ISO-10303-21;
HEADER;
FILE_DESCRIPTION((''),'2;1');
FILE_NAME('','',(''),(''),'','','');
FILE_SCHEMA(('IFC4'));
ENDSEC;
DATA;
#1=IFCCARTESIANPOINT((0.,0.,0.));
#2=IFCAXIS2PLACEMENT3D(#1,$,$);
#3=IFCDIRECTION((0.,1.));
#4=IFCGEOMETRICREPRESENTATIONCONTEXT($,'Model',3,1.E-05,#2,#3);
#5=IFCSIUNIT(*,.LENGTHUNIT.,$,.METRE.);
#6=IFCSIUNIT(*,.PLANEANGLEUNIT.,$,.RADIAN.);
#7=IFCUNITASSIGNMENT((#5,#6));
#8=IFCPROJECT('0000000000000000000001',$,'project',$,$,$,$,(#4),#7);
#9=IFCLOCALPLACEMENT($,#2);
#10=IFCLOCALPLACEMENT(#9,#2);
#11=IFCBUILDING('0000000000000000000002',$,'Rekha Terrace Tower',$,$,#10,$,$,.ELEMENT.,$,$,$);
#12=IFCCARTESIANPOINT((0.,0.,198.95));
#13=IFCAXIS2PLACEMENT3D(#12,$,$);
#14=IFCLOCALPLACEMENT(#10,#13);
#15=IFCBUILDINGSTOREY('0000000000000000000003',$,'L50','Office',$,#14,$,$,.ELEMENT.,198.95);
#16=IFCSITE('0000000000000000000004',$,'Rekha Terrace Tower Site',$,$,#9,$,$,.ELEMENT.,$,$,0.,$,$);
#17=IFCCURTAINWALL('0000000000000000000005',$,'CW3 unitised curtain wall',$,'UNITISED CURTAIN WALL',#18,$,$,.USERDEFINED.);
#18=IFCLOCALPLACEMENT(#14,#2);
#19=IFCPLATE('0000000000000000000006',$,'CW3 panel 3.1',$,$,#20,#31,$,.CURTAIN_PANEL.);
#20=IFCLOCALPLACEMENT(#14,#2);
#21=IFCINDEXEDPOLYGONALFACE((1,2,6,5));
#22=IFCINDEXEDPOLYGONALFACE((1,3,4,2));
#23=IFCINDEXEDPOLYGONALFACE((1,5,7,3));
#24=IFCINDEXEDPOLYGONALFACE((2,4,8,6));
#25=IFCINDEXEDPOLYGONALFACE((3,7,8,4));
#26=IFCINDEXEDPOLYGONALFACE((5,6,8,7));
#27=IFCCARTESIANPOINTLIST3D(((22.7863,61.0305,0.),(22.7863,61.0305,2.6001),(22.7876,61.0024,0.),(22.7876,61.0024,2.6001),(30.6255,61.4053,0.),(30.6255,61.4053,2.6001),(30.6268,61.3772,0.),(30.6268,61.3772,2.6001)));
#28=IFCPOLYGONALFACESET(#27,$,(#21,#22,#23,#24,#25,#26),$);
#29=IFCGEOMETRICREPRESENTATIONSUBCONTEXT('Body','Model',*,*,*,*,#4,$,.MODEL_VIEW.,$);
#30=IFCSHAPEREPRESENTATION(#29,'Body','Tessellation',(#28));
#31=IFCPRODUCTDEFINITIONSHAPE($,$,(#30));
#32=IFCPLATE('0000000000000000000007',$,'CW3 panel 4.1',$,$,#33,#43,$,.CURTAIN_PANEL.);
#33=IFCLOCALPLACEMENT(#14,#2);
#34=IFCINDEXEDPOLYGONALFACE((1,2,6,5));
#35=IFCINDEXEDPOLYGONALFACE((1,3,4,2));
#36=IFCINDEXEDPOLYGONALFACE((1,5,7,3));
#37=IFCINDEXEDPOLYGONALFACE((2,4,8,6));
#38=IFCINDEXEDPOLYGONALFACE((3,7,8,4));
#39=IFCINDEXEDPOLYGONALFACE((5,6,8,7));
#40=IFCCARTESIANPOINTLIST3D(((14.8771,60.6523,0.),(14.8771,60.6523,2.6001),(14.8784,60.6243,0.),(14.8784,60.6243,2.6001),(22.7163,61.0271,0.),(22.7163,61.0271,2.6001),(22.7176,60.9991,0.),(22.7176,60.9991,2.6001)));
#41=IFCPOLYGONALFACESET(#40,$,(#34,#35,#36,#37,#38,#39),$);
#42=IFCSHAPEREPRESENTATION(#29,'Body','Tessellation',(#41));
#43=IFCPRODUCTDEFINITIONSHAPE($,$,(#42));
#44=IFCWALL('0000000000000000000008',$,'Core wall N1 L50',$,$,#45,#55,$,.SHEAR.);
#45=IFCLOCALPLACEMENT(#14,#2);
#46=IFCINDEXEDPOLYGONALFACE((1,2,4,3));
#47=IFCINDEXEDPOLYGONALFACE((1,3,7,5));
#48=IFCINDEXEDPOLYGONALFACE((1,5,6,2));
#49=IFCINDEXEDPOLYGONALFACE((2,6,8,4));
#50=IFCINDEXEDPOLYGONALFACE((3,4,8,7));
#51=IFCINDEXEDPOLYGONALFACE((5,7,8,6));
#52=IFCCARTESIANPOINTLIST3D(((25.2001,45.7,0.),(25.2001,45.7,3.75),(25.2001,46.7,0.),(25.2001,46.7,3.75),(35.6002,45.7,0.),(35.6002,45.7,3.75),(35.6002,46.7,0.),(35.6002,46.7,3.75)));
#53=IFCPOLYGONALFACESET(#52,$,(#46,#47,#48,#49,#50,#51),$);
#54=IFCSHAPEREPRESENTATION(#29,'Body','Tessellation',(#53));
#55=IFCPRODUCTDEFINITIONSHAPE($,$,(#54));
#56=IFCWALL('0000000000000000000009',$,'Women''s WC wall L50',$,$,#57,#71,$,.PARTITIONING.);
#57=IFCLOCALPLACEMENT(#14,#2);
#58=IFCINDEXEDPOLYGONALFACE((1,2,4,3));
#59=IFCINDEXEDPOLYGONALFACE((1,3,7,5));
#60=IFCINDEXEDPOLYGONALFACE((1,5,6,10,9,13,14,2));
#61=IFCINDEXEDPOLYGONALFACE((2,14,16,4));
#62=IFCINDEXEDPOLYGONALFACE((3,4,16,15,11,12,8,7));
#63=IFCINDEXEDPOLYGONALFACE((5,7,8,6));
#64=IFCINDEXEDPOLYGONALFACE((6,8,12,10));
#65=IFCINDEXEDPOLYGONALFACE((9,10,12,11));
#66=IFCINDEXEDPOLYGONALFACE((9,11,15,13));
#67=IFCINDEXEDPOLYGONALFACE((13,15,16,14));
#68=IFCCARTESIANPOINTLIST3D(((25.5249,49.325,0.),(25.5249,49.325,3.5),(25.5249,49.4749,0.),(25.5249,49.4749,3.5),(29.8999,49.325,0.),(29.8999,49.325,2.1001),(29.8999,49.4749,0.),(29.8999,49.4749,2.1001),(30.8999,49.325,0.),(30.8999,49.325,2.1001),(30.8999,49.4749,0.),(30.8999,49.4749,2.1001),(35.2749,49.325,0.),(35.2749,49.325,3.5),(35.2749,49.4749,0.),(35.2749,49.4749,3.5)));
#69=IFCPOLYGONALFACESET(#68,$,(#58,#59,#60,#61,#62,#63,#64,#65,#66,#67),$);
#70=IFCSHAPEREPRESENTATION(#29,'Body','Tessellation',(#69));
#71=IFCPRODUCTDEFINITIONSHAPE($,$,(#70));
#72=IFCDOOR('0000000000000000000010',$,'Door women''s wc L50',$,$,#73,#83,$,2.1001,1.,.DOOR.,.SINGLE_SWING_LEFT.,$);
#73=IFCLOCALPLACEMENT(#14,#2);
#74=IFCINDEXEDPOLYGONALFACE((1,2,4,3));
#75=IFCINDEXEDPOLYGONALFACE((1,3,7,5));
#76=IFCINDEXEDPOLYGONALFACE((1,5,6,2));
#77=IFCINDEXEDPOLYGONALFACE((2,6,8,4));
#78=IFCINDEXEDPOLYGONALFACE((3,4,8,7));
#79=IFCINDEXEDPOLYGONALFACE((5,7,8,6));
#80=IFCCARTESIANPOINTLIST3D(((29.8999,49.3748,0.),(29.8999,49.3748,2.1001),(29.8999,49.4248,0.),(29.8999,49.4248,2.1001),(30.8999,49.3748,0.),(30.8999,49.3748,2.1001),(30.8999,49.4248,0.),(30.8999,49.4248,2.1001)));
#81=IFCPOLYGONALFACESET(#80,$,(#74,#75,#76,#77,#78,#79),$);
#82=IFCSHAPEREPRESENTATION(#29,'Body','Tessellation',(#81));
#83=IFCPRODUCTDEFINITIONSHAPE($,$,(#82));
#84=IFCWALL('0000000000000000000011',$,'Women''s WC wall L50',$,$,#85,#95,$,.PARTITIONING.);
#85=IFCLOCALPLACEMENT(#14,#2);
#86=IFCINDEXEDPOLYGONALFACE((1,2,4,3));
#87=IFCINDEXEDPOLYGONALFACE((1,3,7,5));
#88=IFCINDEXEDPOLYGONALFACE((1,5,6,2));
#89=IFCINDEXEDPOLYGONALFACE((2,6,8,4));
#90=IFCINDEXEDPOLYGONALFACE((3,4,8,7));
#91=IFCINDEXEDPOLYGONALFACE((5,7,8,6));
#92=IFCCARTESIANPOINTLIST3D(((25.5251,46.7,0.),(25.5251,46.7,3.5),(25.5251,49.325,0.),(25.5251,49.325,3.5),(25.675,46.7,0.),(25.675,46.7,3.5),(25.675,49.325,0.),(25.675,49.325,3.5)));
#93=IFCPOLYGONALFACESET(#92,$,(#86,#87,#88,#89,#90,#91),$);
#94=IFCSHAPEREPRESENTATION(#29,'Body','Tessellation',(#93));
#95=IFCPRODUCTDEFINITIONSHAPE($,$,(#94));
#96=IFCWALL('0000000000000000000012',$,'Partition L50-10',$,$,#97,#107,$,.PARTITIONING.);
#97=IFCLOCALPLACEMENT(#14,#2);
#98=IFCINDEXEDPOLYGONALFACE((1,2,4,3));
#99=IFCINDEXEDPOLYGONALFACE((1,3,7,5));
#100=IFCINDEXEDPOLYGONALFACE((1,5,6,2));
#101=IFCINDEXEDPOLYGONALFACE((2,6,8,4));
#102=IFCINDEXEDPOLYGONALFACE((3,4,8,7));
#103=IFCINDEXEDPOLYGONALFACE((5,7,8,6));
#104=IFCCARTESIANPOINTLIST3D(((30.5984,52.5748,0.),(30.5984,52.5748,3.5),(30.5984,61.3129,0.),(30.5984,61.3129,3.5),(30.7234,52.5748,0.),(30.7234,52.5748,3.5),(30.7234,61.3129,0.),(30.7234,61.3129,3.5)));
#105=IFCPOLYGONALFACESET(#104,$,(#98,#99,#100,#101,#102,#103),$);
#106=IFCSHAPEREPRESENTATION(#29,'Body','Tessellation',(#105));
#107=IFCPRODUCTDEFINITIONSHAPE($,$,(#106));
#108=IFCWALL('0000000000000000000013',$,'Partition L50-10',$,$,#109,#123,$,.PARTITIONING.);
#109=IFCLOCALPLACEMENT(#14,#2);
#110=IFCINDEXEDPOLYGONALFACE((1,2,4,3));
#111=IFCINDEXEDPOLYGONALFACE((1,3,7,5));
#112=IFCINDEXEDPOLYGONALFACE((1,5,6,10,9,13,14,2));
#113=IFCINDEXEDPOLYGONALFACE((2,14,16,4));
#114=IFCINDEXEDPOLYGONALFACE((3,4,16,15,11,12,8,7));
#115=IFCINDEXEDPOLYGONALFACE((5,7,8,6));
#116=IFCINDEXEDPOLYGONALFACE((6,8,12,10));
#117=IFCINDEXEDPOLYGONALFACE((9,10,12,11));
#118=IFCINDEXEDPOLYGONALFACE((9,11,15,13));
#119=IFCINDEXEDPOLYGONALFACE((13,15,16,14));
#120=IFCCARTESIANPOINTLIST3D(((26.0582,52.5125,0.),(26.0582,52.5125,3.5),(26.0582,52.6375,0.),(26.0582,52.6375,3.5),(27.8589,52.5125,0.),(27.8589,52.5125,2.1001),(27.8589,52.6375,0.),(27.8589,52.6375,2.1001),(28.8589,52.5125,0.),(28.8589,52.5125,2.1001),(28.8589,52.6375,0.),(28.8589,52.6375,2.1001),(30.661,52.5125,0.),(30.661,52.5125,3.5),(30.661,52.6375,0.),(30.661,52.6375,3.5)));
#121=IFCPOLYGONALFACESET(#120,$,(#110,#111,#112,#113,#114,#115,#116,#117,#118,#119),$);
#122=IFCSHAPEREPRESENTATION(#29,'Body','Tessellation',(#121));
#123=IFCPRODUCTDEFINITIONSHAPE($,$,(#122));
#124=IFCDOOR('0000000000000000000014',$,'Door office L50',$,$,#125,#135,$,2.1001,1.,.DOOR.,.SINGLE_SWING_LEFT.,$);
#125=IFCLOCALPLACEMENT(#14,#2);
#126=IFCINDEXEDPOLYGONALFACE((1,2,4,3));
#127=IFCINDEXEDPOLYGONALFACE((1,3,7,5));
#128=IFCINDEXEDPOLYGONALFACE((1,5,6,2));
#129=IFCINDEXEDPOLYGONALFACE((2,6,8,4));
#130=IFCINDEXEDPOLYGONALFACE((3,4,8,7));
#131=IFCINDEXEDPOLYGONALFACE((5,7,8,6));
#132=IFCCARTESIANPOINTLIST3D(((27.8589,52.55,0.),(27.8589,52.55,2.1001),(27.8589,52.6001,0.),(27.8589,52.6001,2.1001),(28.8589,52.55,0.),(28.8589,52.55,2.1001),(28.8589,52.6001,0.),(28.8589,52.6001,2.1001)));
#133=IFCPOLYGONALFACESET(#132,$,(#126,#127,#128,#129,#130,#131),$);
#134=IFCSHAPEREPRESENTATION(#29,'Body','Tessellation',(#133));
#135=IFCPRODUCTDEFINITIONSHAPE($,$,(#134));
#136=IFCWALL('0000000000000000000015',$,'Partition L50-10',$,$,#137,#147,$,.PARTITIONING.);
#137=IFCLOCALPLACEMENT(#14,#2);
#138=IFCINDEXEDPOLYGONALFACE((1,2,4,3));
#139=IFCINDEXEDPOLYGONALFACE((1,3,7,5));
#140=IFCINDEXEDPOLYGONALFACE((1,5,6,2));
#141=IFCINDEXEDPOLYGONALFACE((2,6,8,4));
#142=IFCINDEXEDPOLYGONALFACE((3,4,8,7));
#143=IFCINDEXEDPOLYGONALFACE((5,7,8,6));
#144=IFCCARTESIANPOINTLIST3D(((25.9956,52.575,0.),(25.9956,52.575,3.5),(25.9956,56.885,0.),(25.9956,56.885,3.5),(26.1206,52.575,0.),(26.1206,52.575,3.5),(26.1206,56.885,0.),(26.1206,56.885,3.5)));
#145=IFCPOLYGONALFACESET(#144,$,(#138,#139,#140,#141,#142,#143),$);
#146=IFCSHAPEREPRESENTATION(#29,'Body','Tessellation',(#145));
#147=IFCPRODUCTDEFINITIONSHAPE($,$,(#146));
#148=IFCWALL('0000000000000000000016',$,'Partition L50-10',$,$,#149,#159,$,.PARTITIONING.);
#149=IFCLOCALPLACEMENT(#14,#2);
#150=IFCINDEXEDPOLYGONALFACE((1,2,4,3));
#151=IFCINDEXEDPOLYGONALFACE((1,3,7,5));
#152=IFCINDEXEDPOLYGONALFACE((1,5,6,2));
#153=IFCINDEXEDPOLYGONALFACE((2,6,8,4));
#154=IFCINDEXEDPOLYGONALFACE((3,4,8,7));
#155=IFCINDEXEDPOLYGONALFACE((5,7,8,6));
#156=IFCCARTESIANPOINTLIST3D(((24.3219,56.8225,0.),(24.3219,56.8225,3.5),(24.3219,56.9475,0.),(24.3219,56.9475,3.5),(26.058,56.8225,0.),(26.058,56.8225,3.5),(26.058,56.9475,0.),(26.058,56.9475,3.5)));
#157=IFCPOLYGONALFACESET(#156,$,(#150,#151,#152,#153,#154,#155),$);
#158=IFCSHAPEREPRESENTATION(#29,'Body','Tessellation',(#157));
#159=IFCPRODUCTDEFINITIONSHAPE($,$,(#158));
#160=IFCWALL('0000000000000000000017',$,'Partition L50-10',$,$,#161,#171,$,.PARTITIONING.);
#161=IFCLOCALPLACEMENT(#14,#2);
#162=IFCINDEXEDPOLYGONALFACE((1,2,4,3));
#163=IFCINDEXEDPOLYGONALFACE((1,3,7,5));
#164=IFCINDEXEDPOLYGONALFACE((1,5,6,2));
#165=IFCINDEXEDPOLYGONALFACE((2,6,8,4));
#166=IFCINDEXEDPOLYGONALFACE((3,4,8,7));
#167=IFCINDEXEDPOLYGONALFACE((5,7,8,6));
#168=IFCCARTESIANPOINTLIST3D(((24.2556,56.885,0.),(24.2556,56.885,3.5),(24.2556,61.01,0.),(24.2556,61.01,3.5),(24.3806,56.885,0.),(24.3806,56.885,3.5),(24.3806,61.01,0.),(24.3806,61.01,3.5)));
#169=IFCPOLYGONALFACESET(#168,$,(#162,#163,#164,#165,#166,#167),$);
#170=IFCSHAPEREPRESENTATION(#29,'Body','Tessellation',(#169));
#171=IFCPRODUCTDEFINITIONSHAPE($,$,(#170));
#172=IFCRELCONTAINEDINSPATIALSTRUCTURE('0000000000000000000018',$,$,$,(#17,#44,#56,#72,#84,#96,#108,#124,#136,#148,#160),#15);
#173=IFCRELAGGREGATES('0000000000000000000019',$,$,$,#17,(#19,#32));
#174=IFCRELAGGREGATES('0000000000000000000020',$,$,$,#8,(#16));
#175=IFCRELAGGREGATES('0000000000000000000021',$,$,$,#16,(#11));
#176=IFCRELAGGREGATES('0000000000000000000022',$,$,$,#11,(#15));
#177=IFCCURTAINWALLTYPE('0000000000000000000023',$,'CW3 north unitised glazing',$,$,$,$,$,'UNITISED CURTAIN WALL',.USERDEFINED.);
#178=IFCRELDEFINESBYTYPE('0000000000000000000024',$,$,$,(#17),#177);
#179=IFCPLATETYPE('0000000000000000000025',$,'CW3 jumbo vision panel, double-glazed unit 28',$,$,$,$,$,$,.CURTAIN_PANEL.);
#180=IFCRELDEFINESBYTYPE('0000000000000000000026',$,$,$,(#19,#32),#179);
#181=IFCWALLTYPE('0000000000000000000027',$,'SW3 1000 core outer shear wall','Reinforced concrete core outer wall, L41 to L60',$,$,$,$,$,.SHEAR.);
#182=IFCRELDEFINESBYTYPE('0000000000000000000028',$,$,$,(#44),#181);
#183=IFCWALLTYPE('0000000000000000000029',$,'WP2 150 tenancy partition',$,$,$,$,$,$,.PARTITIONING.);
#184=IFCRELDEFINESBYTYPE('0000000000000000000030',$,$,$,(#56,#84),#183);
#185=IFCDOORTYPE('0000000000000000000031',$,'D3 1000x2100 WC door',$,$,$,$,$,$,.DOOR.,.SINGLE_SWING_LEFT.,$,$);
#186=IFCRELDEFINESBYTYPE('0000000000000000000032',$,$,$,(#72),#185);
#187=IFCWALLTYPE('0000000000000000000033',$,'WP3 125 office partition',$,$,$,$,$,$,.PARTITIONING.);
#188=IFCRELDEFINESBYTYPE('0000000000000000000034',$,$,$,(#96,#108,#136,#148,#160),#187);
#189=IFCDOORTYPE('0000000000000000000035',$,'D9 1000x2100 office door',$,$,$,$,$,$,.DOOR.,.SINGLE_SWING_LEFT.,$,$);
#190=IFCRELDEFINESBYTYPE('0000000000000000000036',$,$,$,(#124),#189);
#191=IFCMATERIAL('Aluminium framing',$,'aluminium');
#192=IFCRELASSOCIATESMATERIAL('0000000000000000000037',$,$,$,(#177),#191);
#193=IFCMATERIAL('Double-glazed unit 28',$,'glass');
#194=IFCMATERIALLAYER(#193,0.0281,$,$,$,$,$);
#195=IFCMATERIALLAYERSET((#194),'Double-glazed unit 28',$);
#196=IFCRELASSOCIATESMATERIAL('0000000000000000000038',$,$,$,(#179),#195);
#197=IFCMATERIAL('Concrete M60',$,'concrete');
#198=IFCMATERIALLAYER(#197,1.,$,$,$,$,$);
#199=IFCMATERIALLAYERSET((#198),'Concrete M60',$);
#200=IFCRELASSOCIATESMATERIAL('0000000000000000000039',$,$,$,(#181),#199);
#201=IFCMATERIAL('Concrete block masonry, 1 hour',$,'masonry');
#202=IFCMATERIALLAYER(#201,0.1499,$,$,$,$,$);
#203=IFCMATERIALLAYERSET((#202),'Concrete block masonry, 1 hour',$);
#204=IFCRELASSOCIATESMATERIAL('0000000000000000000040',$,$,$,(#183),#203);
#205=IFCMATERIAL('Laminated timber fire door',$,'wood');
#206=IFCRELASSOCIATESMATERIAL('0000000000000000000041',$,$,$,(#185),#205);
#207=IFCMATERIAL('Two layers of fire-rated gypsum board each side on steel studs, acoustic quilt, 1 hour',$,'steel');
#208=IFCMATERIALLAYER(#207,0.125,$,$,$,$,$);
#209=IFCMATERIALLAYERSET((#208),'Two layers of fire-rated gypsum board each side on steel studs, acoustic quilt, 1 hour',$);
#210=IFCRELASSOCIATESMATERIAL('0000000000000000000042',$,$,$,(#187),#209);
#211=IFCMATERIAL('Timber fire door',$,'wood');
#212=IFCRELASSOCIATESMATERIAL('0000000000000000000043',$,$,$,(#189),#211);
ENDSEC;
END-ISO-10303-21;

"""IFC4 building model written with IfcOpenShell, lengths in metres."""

from ifc_helpers import new_model, si_unit, direction, frame, frame_2d, origin, origin_2d, place, context, subcontext, project, spatial, rectangle, extrude, material, layer, layer_set, type_object, element, fill, aggregate, save


model = new_model("IFC4")

# Units and contexts
model_context = context("Model", 3, precision=1e-05, world=origin(), true_north=direction((0.0, 1.0)))
body_context = subcontext(model_context, "Body", "Model", "MODEL_VIEW")
ifc_project = project(units=[si_unit("LENGTHUNIT", "METRE"), si_unit("PLANEANGLEUNIT", "RADIAN")], contexts=[model_context])

# Site, building, storey
site_placement = place(None, origin())
site = spatial("IfcSite", under=ifc_project, at=site_placement, Name="Rekha Terrace Tower Site", CompositionType="ELEMENT", RefElevation=0.0)
building_placement = place(site_placement, origin())
building = spatial("IfcBuilding", under=site, at=building_placement, Name="Rekha Terrace Tower", CompositionType="ELEMENT")
storey_placement = place(building_placement, frame((0.0, 0.0, 198.95)))
storey = spatial("IfcBuildingStorey", under=building, at=storey_placement, Name="L50", Description="Office", CompositionType="ELEMENT", Elevation=198.95)

# Curtain wall, plates
ifc_material_1 = material(Name="Aluminium framing", Category="aluminium")
curtain_wall_type = type_object("IfcCurtainWallType", Name="CW3 north unitised glazing", ElementType="UNITISED CURTAIN WALL", PredefinedType="USERDEFINED", material=ifc_material_1)
curtain_wall_placement = place(storey_placement, origin())
curtain_wall = element("IfcCurtainWall", 1, at=curtain_wall_placement, inside=storey, type_object=curtain_wall_type, Name="CW3 unitised curtain wall", ObjectType="UNITISED CURTAIN WALL", PredefinedType="USERDEFINED")
ifc_material_2 = material(Name="Double-glazed unit 28", Category="glass")
ifc_layer_1 = layer(ifc_material_2, 0.0281)
ifc_layer_set_1 = layer_set([ifc_layer_1], Name="Double-glazed unit 28")
plate_type = type_object("IfcPlateType", Name="CW3 jumbo vision panel, double-glazed unit 28", PredefinedType="CURTAIN_PANEL", material=ifc_layer_set_1)
plate_1_placement = place(storey_placement, frame((26.7065, 61.2039, 0.0), z_axis=(0.0, 0.0, 1.0), x_axis=(-0.998859, -0.047759, 0.0)))
plate_1 = element("IfcPlate", 2, at=plate_1_placement, type_object=plate_type, Name="CW3 panel 3.1", PredefinedType="CURTAIN_PANEL", context=body_context, shape_type="SweptSolid", body=[
    extrude(rectangle(XDim=7.8481, YDim=0.0281, at=origin_2d()), origin(), (0.0, 0.0, 1.0), 2.6001),
])
plate_2_placement = place(storey_placement, frame((18.7974, 60.8257, 0.0), z_axis=(0.0, 0.0, 1.0), x_axis=(-0.998859, -0.047759, 0.0)))
plate_2 = element("IfcPlate", 3, at=plate_2_placement, type_object=plate_type, Name="CW3 panel 4.1", PredefinedType="CURTAIN_PANEL", context=body_context, shape_type="SweptSolid", body=[
    extrude(rectangle(XDim=7.8481, YDim=0.0281, at=origin_2d()), origin(), (0.0, 0.0, 1.0), 2.6001),
])
aggregate(curtain_wall, [plate_1, plate_2])

# Wall
ifc_material_3 = material(Name="Concrete M60", Category="concrete")
ifc_layer_2 = layer(ifc_material_3, 1.0)
ifc_layer_set_2 = layer_set([ifc_layer_2], Name="Concrete M60")
wall_type_1 = type_object("IfcWallType", Name="SW3 1000 core outer shear wall", Description="Reinforced concrete core outer wall, L41 to L60", PredefinedType="SHEAR", material=ifc_layer_set_2)
wall_1_placement = place(storey_placement, frame((25.2, 46.2, 0.0), z_axis=(0.0, 0.0, 1.0), x_axis=(1.0, 0.0, 0.0)))
element("IfcWall", 4, at=wall_1_placement, inside=storey, type_object=wall_type_1, Name="Core wall N1 L50", PredefinedType="SHEAR", context=body_context, shape_type="SweptSolid", body=[
    extrude(rectangle(XDim=10.4001, YDim=1.0, at=frame_2d((5.2002, 0.0))), origin(), (0.0, 0.0, 1.0), 3.75),
])

# Wall, opening, door
ifc_material_4 = material(Name="Concrete block masonry, 1 hour", Category="masonry")
ifc_layer_3 = layer(ifc_material_4, 0.1499)
ifc_layer_set_3 = layer_set([ifc_layer_3], Name="Concrete block masonry, 1 hour")
wall_type_2 = type_object("IfcWallType", Name="WP2 150 tenancy partition", PredefinedType="PARTITIONING", material=ifc_layer_set_3)
wall_2_placement = place(storey_placement, frame((25.5249, 49.3999, 0.0), z_axis=(0.0, 0.0, 1.0), x_axis=(1.0, 0.0, 0.0)))
wall_2 = element("IfcWall", 5, at=wall_2_placement, inside=storey, type_object=wall_type_2, Name="Women's WC wall L50", PredefinedType="PARTITIONING", context=body_context, shape_type="SweptSolid", body=[
    extrude(rectangle(XDim=9.75, YDim=0.1499, at=frame_2d((4.875, 0.0))), origin(), (0.0, 0.0, 1.0), 3.5),
])
opening_1_placement = place(wall_2_placement, frame((4.375, 0.0, 0.0)))
opening_1 = element("IfcOpeningElement", 6, at=opening_1_placement, cuts=wall_2, PredefinedType="OPENING", context=body_context, shape_type="SweptSolid", body=[
    extrude(rectangle(XDim=1.0, YDim=2.1001, at=frame_2d((0.5, 1.05))), frame((0.0, 0.085, 0.0), z_axis=(0.0, -1.0, 0.0), x_axis=(1.0, 0.0, 0.0)), (0.0, 0.0, 1.0), 0.1699),
])
ifc_material_5 = material(Name="Laminated timber fire door", Category="wood")
door_type_1 = type_object("IfcDoorType", Name="D3 1000x2100 WC door", OperationType="SINGLE_SWING_LEFT", PredefinedType="DOOR", material=ifc_material_5)
door_1_placement = place(opening_1_placement, origin())
door_1 = element("IfcDoor", 7, at=door_1_placement, inside=storey, type_object=door_type_1, Name="Door women's wc L50", OperationType="SINGLE_SWING_LEFT", OverallHeight=2.1001, OverallWidth=1.0, PredefinedType="DOOR", context=body_context, shape_type="SweptSolid", body=[
    extrude(rectangle(XDim=1.0, YDim=2.1001, at=frame_2d((0.5, 1.05))), frame((0.0, 0.0249, 0.0), z_axis=(0.0, -1.0, 0.0), x_axis=(1.0, 0.0, 0.0)), (0.0, 0.0, 1.0), 0.05),
])
fill(opening_1, door_1)

# Walls
wall_3_placement = place(storey_placement, frame((25.6001, 46.7, 0.0), z_axis=(0.0, 0.0, 1.0), x_axis=(0.0, 1.0, 0.0)))
element("IfcWall", 8, at=wall_3_placement, inside=storey, type_object=wall_type_2, Name="Women's WC wall L50", PredefinedType="PARTITIONING", context=body_context, shape_type="SweptSolid", body=[
    extrude(rectangle(XDim=2.625, YDim=0.1499, at=frame_2d((1.3125, 0.0))), origin(), (0.0, 0.0, 1.0), 3.5),
])
ifc_material_6 = material(Name="Two layers of fire-rated gypsum board each side on steel studs, acoustic quilt, 1 hour", Category="steel")
ifc_layer_4 = layer(ifc_material_6, 0.125)
ifc_layer_set_4 = layer_set([ifc_layer_4], Name="Two layers of fire-rated gypsum board each side on steel studs, acoustic quilt, 1 hour")
wall_type_3 = type_object("IfcWallType", Name="WP3 125 office partition", PredefinedType="PARTITIONING", material=ifc_layer_set_4)
wall_4_placement = place(storey_placement, frame((30.6609, 61.313, 0.0), z_axis=(0.0, 0.0, 1.0), x_axis=(0.0, -1.0, 0.0)))
element("IfcWall", 9, at=wall_4_placement, inside=storey, type_object=wall_type_3, Name="Partition L50-10", PredefinedType="PARTITIONING", context=body_context, shape_type="SweptSolid", body=[
    extrude(rectangle(XDim=8.738, YDim=0.125, at=frame_2d((4.3691, 0.0))), origin(), (0.0, 0.0, 1.0), 3.5),
])

# Wall, opening, door
wall_5_placement = place(storey_placement, frame((30.6609, 52.575, 0.0), z_axis=(0.0, 0.0, 1.0), x_axis=(-1.0, 0.0, 0.0)))
wall_5 = element("IfcWall", 10, at=wall_5_placement, inside=storey, type_object=wall_type_3, Name="Partition L50-10", PredefinedType="PARTITIONING", context=body_context, shape_type="SweptSolid", body=[
    extrude(rectangle(XDim=4.6028, YDim=0.125, at=frame_2d((2.3013, 0.0))), origin(), (0.0, 0.0, 1.0), 3.5),
])
opening_2_placement = place(wall_5_placement, frame((1.802, 0.0, 0.0)))
opening_2 = element("IfcOpeningElement", 11, at=opening_2_placement, cuts=wall_5, PredefinedType="OPENING", context=body_context, shape_type="SweptSolid", body=[
    extrude(rectangle(XDim=1.0, YDim=2.1001, at=frame_2d((0.5, 1.05))), frame((0.0, 0.0725, 0.0), z_axis=(0.0, -1.0, 0.0), x_axis=(1.0, 0.0, 0.0)), (0.0, 0.0, 1.0), 0.145),
])
ifc_material_7 = material(Name="Timber fire door", Category="wood")
door_type_2 = type_object("IfcDoorType", Name="D9 1000x2100 office door", OperationType="SINGLE_SWING_LEFT", PredefinedType="DOOR", material=ifc_material_7)
door_2_placement = place(opening_2_placement, origin())
door_2 = element("IfcDoor", 12, at=door_2_placement, inside=storey, type_object=door_type_2, Name="Door office L50", OperationType="SINGLE_SWING_LEFT", OverallHeight=2.1001, OverallWidth=1.0, PredefinedType="DOOR", context=body_context, shape_type="SweptSolid", body=[
    extrude(rectangle(XDim=1.0, YDim=2.1001, at=frame_2d((0.5, 1.05))), frame((0.0, 0.0249, 0.0), z_axis=(0.0, -1.0, 0.0), x_axis=(1.0, 0.0, 0.0)), (0.0, 0.0, 1.0), 0.05),
])
fill(opening_2, door_2)

# Walls
wall_6_placement = place(storey_placement, frame((26.0581, 52.575, 0.0), z_axis=(0.0, 0.0, 1.0), x_axis=(0.0, 1.0, 0.0)))
element("IfcWall", 13, at=wall_6_placement, inside=storey, type_object=wall_type_3, Name="Partition L50-10", PredefinedType="PARTITIONING", context=body_context, shape_type="SweptSolid", body=[
    extrude(rectangle(XDim=4.3101, YDim=0.125, at=frame_2d((2.155, 0.0))), origin(), (0.0, 0.0, 1.0), 3.5),
])
wall_7_placement = place(storey_placement, frame((26.0581, 56.885, 0.0), z_axis=(0.0, 0.0, 1.0), x_axis=(-1.0, 0.0, 0.0)))
element("IfcWall", 14, at=wall_7_placement, inside=storey, type_object=wall_type_3, Name="Partition L50-10", PredefinedType="PARTITIONING", context=body_context, shape_type="SweptSolid", body=[
    extrude(rectangle(XDim=1.7361, YDim=0.125, at=frame_2d((0.8682, 0.0))), origin(), (0.0, 0.0, 1.0), 3.5),
])
wall_8_placement = place(storey_placement, frame((24.3181, 56.885, 0.0), z_axis=(0.0, 0.0, 1.0), x_axis=(0.0, 1.0, 0.0)))
element("IfcWall", 15, at=wall_8_placement, inside=storey, type_object=wall_type_3, Name="Partition L50-10", PredefinedType="PARTITIONING", context=body_context, shape_type="SweptSolid", body=[
    extrude(rectangle(XDim=4.125, YDim=0.125, at=frame_2d((2.0625, 0.0))), origin(), (0.0, 0.0, 1.0), 3.5),
])

save(model, "model.ifc")
